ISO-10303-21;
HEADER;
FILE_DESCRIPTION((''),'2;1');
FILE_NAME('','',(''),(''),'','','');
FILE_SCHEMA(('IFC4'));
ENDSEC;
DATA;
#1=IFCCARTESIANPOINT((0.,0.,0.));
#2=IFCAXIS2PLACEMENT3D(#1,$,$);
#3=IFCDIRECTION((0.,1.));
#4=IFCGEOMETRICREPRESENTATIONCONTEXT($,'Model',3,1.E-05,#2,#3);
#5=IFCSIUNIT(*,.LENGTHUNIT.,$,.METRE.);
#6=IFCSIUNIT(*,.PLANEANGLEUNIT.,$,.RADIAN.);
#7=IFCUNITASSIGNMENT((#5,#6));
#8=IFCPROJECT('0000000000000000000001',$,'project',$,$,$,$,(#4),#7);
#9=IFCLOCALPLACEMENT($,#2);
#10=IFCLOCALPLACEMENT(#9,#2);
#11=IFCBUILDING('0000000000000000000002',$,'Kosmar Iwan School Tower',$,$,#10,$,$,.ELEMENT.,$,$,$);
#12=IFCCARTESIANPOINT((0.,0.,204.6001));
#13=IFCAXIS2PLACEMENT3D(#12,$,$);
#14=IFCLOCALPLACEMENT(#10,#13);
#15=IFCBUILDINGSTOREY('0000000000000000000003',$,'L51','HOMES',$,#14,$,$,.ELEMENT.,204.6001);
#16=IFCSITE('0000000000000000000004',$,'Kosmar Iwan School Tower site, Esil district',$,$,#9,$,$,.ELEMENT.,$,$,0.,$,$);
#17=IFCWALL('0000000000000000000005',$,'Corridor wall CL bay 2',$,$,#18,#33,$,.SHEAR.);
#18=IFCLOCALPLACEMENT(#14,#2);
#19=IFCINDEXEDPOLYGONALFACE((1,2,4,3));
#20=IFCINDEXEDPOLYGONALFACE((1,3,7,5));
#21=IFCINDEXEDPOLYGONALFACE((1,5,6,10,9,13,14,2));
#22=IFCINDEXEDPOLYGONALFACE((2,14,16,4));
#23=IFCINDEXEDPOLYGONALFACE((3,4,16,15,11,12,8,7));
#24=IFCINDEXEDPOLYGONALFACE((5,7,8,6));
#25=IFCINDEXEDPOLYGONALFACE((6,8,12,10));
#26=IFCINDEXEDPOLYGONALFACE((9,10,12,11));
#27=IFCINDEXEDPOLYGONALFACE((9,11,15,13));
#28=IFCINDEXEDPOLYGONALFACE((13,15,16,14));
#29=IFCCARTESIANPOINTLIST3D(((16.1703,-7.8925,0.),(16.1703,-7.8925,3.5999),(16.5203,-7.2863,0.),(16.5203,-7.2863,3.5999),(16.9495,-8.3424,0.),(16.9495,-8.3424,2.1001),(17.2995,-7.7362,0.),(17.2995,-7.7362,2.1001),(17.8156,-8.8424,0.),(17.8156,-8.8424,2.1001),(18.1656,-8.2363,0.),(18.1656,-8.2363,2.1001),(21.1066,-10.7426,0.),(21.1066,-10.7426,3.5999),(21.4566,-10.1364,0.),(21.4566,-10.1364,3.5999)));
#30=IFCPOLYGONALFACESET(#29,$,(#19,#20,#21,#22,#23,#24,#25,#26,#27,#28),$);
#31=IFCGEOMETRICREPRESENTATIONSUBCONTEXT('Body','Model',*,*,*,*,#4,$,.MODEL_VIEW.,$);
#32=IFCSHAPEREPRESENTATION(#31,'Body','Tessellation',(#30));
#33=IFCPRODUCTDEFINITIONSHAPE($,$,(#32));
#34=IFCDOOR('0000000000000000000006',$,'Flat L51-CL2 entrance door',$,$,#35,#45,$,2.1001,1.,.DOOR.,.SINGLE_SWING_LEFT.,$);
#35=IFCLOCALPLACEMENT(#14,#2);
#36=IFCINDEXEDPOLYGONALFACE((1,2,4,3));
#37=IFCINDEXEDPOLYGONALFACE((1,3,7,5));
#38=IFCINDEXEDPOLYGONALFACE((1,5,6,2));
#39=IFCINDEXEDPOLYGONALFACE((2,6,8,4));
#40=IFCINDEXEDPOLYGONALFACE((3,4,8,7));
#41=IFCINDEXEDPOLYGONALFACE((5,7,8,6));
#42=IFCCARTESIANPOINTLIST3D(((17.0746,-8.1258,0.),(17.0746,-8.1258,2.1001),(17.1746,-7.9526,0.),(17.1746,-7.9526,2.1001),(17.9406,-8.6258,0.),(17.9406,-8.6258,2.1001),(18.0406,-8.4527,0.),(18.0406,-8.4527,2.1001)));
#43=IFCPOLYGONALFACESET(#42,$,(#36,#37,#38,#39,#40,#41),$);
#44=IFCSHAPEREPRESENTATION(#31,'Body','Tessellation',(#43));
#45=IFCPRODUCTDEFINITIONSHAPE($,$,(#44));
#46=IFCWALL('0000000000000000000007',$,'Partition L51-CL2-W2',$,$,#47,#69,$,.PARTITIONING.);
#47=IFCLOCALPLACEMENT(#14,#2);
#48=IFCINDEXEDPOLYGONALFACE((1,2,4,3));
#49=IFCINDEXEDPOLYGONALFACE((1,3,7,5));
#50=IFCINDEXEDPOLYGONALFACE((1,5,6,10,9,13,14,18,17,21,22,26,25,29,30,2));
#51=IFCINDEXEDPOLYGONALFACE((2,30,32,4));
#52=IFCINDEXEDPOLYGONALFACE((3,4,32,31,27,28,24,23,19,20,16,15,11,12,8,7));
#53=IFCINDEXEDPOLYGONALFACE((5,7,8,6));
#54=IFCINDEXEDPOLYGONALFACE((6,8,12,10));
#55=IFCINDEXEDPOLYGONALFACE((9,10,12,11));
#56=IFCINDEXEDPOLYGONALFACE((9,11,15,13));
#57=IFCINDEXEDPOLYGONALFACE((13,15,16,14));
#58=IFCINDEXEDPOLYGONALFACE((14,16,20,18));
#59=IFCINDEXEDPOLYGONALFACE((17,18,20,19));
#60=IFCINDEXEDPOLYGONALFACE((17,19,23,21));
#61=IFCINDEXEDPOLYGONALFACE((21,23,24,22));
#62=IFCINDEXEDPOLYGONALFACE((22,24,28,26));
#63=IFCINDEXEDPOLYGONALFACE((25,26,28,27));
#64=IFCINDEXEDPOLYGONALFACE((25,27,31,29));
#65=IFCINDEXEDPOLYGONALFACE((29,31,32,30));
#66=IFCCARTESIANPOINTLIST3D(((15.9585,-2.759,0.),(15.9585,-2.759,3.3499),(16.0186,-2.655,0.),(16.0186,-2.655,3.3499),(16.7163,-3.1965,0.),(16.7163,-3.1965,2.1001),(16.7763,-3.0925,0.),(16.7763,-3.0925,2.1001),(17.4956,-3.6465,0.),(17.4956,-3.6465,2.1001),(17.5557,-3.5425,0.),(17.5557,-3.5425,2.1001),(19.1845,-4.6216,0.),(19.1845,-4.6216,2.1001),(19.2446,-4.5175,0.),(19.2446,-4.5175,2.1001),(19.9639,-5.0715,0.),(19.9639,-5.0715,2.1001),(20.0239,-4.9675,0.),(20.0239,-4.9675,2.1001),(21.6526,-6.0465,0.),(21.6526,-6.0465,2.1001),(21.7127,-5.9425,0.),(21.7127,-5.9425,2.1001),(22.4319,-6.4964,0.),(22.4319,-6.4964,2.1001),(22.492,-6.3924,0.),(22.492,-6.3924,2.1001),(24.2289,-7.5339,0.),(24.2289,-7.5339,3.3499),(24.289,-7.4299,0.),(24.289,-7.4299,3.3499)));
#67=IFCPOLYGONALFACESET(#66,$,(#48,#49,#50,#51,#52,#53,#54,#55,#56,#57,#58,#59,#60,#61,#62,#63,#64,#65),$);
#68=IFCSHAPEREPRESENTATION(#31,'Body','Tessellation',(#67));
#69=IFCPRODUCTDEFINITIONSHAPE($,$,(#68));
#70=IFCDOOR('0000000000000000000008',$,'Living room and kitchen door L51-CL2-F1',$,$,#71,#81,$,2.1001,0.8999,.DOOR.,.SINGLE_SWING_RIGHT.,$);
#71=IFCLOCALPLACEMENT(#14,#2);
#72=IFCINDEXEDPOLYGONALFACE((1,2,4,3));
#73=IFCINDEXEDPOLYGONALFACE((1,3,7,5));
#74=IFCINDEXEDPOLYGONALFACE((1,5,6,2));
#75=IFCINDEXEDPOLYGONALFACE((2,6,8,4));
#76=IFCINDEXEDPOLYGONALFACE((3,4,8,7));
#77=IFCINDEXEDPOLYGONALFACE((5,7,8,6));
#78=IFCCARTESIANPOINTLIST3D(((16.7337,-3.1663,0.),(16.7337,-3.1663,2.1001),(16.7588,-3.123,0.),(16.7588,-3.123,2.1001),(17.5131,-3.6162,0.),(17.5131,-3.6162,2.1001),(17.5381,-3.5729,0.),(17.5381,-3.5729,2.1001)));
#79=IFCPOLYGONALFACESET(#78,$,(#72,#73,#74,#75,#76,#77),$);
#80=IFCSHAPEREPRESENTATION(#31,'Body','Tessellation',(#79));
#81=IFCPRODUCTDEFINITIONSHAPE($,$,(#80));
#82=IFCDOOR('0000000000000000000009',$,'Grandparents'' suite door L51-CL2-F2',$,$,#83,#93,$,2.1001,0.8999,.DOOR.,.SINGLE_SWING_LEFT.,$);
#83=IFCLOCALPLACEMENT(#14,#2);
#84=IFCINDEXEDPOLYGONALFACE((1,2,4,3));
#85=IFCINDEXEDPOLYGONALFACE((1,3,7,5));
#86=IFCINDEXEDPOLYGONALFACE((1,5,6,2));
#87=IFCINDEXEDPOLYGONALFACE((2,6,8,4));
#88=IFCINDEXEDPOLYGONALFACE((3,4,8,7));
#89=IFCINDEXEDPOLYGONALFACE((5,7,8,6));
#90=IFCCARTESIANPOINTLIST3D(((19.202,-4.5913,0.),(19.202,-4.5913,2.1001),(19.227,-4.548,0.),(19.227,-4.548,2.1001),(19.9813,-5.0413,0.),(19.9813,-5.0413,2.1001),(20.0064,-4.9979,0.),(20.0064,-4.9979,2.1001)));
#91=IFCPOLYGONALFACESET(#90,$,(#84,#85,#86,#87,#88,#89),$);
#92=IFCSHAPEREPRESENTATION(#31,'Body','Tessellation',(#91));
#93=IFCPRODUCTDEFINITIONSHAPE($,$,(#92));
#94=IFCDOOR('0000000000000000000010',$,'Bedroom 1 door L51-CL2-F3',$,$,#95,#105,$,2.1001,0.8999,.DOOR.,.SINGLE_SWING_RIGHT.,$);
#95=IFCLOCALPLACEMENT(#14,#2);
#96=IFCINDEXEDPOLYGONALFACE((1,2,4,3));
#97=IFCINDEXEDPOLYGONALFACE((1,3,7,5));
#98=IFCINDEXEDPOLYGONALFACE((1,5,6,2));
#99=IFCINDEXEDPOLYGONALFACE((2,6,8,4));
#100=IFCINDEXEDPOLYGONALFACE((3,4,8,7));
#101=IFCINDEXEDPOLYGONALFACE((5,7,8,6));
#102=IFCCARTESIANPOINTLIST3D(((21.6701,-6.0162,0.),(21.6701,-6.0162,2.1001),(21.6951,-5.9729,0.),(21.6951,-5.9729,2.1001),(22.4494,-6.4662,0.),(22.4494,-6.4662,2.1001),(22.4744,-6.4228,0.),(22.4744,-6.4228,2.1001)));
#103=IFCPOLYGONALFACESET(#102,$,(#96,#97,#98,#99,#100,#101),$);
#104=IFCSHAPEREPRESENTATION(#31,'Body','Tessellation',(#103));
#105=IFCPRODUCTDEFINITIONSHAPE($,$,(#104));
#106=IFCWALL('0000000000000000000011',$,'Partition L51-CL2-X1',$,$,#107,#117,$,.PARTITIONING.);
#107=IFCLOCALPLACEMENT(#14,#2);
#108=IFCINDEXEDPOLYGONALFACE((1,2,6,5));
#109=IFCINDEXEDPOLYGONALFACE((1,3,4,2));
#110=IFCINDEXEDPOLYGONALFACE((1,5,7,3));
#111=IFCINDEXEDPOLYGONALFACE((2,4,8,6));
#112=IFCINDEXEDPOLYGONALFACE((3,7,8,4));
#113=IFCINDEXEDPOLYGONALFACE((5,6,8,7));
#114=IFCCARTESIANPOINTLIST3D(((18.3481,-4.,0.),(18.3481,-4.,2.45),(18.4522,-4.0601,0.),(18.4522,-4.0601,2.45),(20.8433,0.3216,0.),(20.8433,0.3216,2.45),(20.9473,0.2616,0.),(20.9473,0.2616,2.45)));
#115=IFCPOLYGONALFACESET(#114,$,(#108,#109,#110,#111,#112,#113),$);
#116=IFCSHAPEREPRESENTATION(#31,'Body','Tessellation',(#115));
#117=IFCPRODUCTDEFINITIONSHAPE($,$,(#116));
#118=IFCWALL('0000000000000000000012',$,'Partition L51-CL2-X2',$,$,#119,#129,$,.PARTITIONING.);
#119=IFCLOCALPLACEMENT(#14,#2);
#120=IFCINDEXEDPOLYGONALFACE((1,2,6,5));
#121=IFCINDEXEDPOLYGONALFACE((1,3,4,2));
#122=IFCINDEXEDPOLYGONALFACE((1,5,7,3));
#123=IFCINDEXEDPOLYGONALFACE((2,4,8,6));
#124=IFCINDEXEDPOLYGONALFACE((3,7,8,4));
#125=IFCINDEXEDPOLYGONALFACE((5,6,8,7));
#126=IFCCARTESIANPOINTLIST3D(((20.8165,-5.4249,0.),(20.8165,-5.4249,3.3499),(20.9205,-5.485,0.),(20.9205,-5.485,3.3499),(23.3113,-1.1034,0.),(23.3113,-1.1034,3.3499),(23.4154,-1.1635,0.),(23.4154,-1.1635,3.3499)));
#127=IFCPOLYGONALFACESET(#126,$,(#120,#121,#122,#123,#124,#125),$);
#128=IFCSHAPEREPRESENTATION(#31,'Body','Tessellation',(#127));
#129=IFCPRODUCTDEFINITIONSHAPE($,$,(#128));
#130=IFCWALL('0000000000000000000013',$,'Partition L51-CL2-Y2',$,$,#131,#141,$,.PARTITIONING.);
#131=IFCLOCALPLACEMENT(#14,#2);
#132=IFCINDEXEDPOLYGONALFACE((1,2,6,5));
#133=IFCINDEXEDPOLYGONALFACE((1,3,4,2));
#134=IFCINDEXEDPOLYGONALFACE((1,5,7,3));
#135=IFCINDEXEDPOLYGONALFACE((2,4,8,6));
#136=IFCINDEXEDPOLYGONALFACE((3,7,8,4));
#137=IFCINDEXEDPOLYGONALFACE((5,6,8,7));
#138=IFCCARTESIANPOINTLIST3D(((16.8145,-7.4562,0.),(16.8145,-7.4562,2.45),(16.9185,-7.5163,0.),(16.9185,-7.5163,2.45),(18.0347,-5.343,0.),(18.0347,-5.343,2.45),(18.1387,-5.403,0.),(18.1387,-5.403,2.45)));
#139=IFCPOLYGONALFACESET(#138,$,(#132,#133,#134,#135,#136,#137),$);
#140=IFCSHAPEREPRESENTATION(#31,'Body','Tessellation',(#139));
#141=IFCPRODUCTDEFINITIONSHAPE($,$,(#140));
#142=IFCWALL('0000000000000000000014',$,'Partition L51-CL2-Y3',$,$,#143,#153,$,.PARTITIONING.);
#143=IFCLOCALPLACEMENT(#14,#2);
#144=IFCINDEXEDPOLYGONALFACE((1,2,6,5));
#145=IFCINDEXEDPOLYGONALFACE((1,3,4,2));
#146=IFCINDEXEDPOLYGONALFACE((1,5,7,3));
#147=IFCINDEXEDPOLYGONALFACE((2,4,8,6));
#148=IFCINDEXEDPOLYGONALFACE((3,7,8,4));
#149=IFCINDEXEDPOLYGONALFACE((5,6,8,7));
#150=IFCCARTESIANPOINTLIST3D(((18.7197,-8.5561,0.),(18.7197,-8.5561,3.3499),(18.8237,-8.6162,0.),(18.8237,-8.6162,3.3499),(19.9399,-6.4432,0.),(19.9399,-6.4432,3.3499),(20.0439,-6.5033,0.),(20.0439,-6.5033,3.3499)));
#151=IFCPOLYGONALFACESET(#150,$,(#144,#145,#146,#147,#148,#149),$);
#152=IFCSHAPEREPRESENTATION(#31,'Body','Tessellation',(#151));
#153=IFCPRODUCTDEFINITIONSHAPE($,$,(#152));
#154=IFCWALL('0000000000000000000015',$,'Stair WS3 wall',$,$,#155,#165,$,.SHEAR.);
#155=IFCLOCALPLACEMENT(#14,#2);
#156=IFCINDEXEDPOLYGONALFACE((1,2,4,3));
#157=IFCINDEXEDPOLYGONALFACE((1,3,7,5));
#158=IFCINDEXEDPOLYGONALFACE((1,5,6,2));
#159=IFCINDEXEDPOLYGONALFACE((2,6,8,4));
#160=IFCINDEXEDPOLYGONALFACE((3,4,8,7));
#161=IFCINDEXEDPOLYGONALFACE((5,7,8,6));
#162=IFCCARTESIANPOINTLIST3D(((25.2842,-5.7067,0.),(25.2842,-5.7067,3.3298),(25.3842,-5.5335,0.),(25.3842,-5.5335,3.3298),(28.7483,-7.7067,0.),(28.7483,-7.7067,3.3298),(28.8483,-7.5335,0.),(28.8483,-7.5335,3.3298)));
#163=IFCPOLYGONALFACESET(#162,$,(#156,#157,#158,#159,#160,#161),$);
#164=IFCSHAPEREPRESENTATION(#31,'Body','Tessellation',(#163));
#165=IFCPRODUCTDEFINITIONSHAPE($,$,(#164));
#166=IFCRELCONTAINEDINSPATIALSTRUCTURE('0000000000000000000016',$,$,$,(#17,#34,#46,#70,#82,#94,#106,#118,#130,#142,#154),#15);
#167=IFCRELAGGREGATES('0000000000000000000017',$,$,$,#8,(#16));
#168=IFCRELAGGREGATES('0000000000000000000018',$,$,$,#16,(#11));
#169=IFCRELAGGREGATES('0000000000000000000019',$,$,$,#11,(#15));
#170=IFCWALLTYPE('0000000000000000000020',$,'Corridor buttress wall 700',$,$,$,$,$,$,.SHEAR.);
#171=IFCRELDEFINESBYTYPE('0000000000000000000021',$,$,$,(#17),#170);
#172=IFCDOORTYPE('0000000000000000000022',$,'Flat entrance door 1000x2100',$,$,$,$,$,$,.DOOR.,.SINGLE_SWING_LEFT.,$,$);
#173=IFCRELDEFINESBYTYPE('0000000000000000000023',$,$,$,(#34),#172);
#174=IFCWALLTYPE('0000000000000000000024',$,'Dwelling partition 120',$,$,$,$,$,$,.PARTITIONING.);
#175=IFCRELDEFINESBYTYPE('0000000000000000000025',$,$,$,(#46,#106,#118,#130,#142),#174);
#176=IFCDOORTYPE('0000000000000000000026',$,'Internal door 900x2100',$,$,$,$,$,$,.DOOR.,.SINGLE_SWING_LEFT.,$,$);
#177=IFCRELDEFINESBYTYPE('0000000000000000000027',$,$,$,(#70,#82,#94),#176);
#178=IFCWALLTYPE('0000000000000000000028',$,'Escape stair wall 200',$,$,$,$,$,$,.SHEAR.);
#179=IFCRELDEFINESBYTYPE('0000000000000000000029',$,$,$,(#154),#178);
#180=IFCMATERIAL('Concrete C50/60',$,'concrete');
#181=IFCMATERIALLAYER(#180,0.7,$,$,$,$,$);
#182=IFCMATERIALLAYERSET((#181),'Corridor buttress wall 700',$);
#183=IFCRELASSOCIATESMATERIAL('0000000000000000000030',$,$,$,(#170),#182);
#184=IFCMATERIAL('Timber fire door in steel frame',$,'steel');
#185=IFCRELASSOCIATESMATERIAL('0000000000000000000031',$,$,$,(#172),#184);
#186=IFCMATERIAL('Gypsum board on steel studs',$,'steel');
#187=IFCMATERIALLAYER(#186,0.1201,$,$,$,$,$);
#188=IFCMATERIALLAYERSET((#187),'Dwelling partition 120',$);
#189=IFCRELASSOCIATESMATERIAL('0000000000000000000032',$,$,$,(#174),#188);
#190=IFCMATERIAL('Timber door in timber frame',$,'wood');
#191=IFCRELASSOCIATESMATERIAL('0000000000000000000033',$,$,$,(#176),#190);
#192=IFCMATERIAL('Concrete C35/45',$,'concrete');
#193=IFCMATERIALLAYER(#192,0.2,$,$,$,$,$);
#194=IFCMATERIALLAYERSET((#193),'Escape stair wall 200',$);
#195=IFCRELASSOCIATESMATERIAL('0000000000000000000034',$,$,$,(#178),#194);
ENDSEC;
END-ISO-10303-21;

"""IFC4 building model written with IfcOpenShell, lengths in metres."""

from ifc_helpers import new_model, si_unit, direction, frame, frame_2d, origin, place, context, subcontext, project, spatial, rectangle, extrude, material, layer, layer_set, type_object, element, fill, save


model = new_model("IFC4")

# Units and contexts
model_context = context("Model", 3, precision=1e-05, world=origin(), true_north=direction((0.0, 1.0)))
body_context = subcontext(model_context, "Body", "Model", "MODEL_VIEW")
ifc_project = project(units=[si_unit("LENGTHUNIT", "METRE"), si_unit("PLANEANGLEUNIT", "RADIAN")], contexts=[model_context])

# Site, building, storey
site_placement = place(None, origin())
site = spatial("IfcSite", under=ifc_project, at=site_placement, Name="Kosmar Iwan School Tower site, Esil district", CompositionType="ELEMENT", RefElevation=0.0)
building_placement = place(site_placement, origin())
building = spatial("IfcBuilding", under=site, at=building_placement, Name="Kosmar Iwan School Tower", CompositionType="ELEMENT")
storey_placement = place(building_placement, frame((0.0, 0.0, 204.6001)))
storey = spatial("IfcBuildingStorey", under=building, at=storey_placement, Name="L51", Description="HOMES", CompositionType="ELEMENT", Elevation=204.6001)

# Wall, opening, door
ifc_material_1 = material(Name="Concrete C50/60", Category="concrete")
ifc_layer_1 = layer(ifc_material_1, 0.7)
ifc_layer_set_1 = layer_set([ifc_layer_1], Name="Corridor buttress wall 700")
wall_type_1 = type_object("IfcWallType", Name="Corridor buttress wall 700", PredefinedType="SHEAR", material=ifc_layer_set_1)
wall_1_placement = place(storey_placement, frame((16.3452, -7.5894, 0.0), z_axis=(0.0, 0.0, 1.0), x_axis=(0.866015, -0.500018, 0.0)))
wall_1 = element("IfcWall", 1, at=wall_1_placement, inside=storey, type_object=wall_type_1, Name="Corridor wall CL bay 2", PredefinedType="SHEAR", context=body_context, shape_type="SweptSolid", body=[
    extrude(rectangle(XDim=5.7, YDim=0.7, at=frame_2d((2.8501, 0.0))), origin(), (0.0, 0.0, 1.0), 3.5999),
])
opening_1_placement = place(wall_1_placement, frame((0.8999, 0.0, 0.0)))
opening_1 = element("IfcOpeningElement", 2, at=opening_1_placement, cuts=wall_1, PredefinedType="OPENING", context=body_context, shape_type="SweptSolid", body=[
    extrude(rectangle(XDim=1.0, YDim=2.1001, at=frame_2d((0.5, 1.05))), frame((0.0, 0.3621, 0.0), z_axis=(0.0, -1.0, 0.0), x_axis=(1.0, 0.0, 0.0)), (0.0, 0.0, 1.0), 0.7239),
])
ifc_material_2 = material(Name="Timber fire door in steel frame", Category="steel")
door_type_1 = type_object("IfcDoorType", Name="Flat entrance door 1000x2100", OperationType="SINGLE_SWING_LEFT", PredefinedType="DOOR", material=ifc_material_2)
door_1_placement = place(opening_1_placement, origin())
door_1 = element("IfcDoor", 3, at=door_1_placement, inside=storey, type_object=door_type_1, Name="Flat L51-CL2 entrance door", OperationType="SINGLE_SWING_LEFT", OverallHeight=2.1001, OverallWidth=1.0, PredefinedType="DOOR", context=body_context, shape_type="SweptSolid", body=[
    extrude(rectangle(XDim=1.0, YDim=2.1001, at=frame_2d((0.5, 1.05))), frame((0.0, 0.1001, 0.0), z_axis=(0.0, -1.0, 0.0), x_axis=(1.0, 0.0, 0.0)), (0.0, 0.0, 1.0), 0.2),
])
fill(opening_1, door_1)

# Wall, openings, doors
ifc_material_3 = material(Name="Gypsum board on steel studs", Category="steel")
ifc_layer_2 = layer(ifc_material_3, 0.1201)
ifc_layer_set_2 = layer_set([ifc_layer_2], Name="Dwelling partition 120")
wall_type_2 = type_object("IfcWallType", Name="Dwelling partition 120", PredefinedType="PARTITIONING", material=ifc_layer_set_2)
wall_2_placement = place(storey_placement, frame((15.9885, -2.707, 0.0), z_axis=(0.0, 0.0, 1.0), x_axis=(0.866029, -0.499994, 0.0)))
wall_2 = element("IfcWall", 4, at=wall_2_placement, inside=storey, type_object=wall_type_2, Name="Partition L51-CL2-W2", PredefinedType="PARTITIONING", context=body_context, shape_type="SweptSolid", body=[
    extrude(rectangle(XDim=9.5498, YDim=0.1201, at=frame_2d((4.7749, 0.0))), origin(), (0.0, 0.0, 1.0), 3.3499),
])
opening_2_placement = place(wall_2_placement, frame((0.875, 0.0, 0.0)))
opening_2 = element("IfcOpeningElement", 5, at=opening_2_placement, cuts=wall_2, PredefinedType="OPENING", context=body_context, shape_type="SweptSolid", body=[
    extrude(rectangle(XDim=0.8999, YDim=2.1001, at=frame_2d((0.45, 1.05))), frame((0.0, 0.072, 0.0), z_axis=(0.0, -1.0, 0.0), x_axis=(1.0, 0.0, 0.0)), (0.0, 0.0, 1.0), 0.144),
])
opening_3_placement = place(wall_2_placement, frame((3.7251, 0.0, 0.0)))
opening_3 = element("IfcOpeningElement", 6, at=opening_3_placement, cuts=wall_2, PredefinedType="OPENING", context=body_context, shape_type="SweptSolid", body=[
    extrude(rectangle(XDim=0.8999, YDim=2.1001, at=frame_2d((0.45, 1.05))), frame((0.0, 0.072, 0.0), z_axis=(0.0, -1.0, 0.0), x_axis=(1.0, 0.0, 0.0)), (0.0, 0.0, 1.0), 0.144),
])
opening_4_placement = place(wall_2_placement, frame((6.575, 0.0, 0.0)))
opening_4 = element("IfcOpeningElement", 7, at=opening_4_placement, cuts=wall_2, PredefinedType="OPENING", context=body_context, shape_type="SweptSolid", body=[
    extrude(rectangle(XDim=0.8999, YDim=2.1001, at=frame_2d((0.45, 1.05))), frame((0.0, 0.072, 0.0), z_axis=(0.0, -1.0, 0.0), x_axis=(1.0, 0.0, 0.0)), (0.0, 0.0, 1.0), 0.144),
])
ifc_material_4 = material(Name="Timber door in timber frame", Category="wood")
door_type_2 = type_object("IfcDoorType", Name="Internal door 900x2100", OperationType="SINGLE_SWING_LEFT", PredefinedType="DOOR", material=ifc_material_4)
door_2_placement = place(opening_2_placement, origin())
door_2 = element("IfcDoor", 8, at=door_2_placement, inside=storey, type_object=door_type_2, Name="Living room and kitchen door L51-CL2-F1", OperationType="SINGLE_SWING_RIGHT", OverallHeight=2.1001, OverallWidth=0.8999, PredefinedType="DOOR", context=body_context, shape_type="SweptSolid", body=[
    extrude(rectangle(XDim=0.8999, YDim=2.1001, at=frame_2d((0.45, 1.05))), frame((0.0, 0.0249, 0.0), z_axis=(0.0, -1.0, 0.0), x_axis=(1.0, 0.0, 0.0)), (0.0, 0.0, 1.0), 0.05),
])
fill(opening_2, door_2)
door_3_placement = place(opening_3_placement, origin())
door_3 = element("IfcDoor", 9, at=door_3_placement, inside=storey, type_object=door_type_2, Name="Grandparents' suite door L51-CL2-F2", OperationType="SINGLE_SWING_LEFT", OverallHeight=2.1001, OverallWidth=0.8999, PredefinedType="DOOR", context=body_context, shape_type="SweptSolid", body=[
    extrude(rectangle(XDim=0.8999, YDim=2.1001, at=frame_2d((0.45, 1.05))), frame((0.0, 0.0249, 0.0), z_axis=(0.0, -1.0, 0.0), x_axis=(1.0, 0.0, 0.0)), (0.0, 0.0, 1.0), 0.05),
])
fill(opening_3, door_3)
door_4_placement = place(opening_4_placement, origin())
door_4 = element("IfcDoor", 10, at=door_4_placement, inside=storey, type_object=door_type_2, Name="Bedroom 1 door L51-CL2-F3", OperationType="SINGLE_SWING_RIGHT", OverallHeight=2.1001, OverallWidth=0.8999, PredefinedType="DOOR", context=body_context, shape_type="SweptSolid", body=[
    extrude(rectangle(XDim=0.8999, YDim=2.1001, at=frame_2d((0.45, 1.05))), frame((0.0, 0.0249, 0.0), z_axis=(0.0, -1.0, 0.0), x_axis=(1.0, 0.0, 0.0)), (0.0, 0.0, 1.0), 0.05),
])
fill(opening_4, door_4)

# Walls
wall_3_placement = place(storey_placement, frame((18.4001, -4.03, 0.0), z_axis=(0.0, 0.0, 1.0), x_axis=(0.500012, 0.866019, 0.0)))
element("IfcWall", 11, at=wall_3_placement, inside=storey, type_object=wall_type_2, Name="Partition L51-CL2-X1", PredefinedType="PARTITIONING", context=body_context, shape_type="SweptSolid", body=[
    extrude(rectangle(XDim=4.9902, YDim=0.1201, at=frame_2d((2.4951, 0.0))), origin(), (0.0, 0.0, 1.0), 2.45),
])
wall_4_placement = place(storey_placement, frame((20.8684, -5.4551, 0.0), z_axis=(0.0, 0.0, 1.0), x_axis=(0.499975, 0.86604, 0.0)))
element("IfcWall", 12, at=wall_4_placement, inside=storey, type_object=wall_type_2, Name="Partition L51-CL2-X2", PredefinedType="PARTITIONING", context=body_context, shape_type="SweptSolid", body=[
    extrude(rectangle(XDim=4.99, YDim=0.1201, at=frame_2d((2.4951, 0.0))), origin(), (0.0, 0.0, 1.0), 3.3499),
])
wall_5_placement = place(storey_placement, frame((16.8665, -7.4863, 0.0), z_axis=(0.0, 0.0, 1.0), x_axis=(0.500034, 0.866006, 0.0)))
element("IfcWall", 13, at=wall_5_placement, inside=storey, type_object=wall_type_2, Name="Partition L51-CL2-Y2", PredefinedType="PARTITIONING", context=body_context, shape_type="SweptSolid", body=[
    extrude(rectangle(XDim=2.4402, YDim=0.1201, at=frame_2d((1.2202, 0.0))), origin(), (0.0, 0.0, 1.0), 2.45),
])
wall_6_placement = place(storey_placement, frame((18.7717, -8.5862, 0.0), z_axis=(0.0, 0.0, 1.0), x_axis=(0.500078, 0.865981, 0.0)))
element("IfcWall", 14, at=wall_6_placement, inside=storey, type_object=wall_type_2, Name="Partition L51-CL2-Y3", PredefinedType="PARTITIONING", context=body_context, shape_type="SweptSolid", body=[
    extrude(rectangle(XDim=2.4399, YDim=0.1201, at=frame_2d((1.22, 0.0))), origin(), (0.0, 0.0, 1.0), 3.3499),
])
ifc_material_5 = material(Name="Concrete C35/45", Category="concrete")
ifc_layer_3 = layer(ifc_material_5, 0.2)
ifc_layer_set_3 = layer_set([ifc_layer_3], Name="Escape stair wall 200")
wall_type_3 = type_object("IfcWallType", Name="Escape stair wall 200", PredefinedType="SHEAR", material=ifc_layer_set_3)
wall_7_placement = place(storey_placement, frame((25.3342, -5.6201, 0.0), z_axis=(0.0, 0.0, 1.0), x_axis=(0.866026, -0.499999, 0.0)))
element("IfcWall", 15, at=wall_7_placement, inside=storey, type_object=wall_type_3, Name="Stair WS3 wall", PredefinedType="SHEAR", context=body_context, shape_type="SweptSolid", body=[
    extrude(rectangle(XDim=4.0, YDim=0.2, at=frame_2d((2.0, 0.0))), origin(), (0.0, 0.0, 1.0), 3.3298),
])

save(model, "model.ifc")
